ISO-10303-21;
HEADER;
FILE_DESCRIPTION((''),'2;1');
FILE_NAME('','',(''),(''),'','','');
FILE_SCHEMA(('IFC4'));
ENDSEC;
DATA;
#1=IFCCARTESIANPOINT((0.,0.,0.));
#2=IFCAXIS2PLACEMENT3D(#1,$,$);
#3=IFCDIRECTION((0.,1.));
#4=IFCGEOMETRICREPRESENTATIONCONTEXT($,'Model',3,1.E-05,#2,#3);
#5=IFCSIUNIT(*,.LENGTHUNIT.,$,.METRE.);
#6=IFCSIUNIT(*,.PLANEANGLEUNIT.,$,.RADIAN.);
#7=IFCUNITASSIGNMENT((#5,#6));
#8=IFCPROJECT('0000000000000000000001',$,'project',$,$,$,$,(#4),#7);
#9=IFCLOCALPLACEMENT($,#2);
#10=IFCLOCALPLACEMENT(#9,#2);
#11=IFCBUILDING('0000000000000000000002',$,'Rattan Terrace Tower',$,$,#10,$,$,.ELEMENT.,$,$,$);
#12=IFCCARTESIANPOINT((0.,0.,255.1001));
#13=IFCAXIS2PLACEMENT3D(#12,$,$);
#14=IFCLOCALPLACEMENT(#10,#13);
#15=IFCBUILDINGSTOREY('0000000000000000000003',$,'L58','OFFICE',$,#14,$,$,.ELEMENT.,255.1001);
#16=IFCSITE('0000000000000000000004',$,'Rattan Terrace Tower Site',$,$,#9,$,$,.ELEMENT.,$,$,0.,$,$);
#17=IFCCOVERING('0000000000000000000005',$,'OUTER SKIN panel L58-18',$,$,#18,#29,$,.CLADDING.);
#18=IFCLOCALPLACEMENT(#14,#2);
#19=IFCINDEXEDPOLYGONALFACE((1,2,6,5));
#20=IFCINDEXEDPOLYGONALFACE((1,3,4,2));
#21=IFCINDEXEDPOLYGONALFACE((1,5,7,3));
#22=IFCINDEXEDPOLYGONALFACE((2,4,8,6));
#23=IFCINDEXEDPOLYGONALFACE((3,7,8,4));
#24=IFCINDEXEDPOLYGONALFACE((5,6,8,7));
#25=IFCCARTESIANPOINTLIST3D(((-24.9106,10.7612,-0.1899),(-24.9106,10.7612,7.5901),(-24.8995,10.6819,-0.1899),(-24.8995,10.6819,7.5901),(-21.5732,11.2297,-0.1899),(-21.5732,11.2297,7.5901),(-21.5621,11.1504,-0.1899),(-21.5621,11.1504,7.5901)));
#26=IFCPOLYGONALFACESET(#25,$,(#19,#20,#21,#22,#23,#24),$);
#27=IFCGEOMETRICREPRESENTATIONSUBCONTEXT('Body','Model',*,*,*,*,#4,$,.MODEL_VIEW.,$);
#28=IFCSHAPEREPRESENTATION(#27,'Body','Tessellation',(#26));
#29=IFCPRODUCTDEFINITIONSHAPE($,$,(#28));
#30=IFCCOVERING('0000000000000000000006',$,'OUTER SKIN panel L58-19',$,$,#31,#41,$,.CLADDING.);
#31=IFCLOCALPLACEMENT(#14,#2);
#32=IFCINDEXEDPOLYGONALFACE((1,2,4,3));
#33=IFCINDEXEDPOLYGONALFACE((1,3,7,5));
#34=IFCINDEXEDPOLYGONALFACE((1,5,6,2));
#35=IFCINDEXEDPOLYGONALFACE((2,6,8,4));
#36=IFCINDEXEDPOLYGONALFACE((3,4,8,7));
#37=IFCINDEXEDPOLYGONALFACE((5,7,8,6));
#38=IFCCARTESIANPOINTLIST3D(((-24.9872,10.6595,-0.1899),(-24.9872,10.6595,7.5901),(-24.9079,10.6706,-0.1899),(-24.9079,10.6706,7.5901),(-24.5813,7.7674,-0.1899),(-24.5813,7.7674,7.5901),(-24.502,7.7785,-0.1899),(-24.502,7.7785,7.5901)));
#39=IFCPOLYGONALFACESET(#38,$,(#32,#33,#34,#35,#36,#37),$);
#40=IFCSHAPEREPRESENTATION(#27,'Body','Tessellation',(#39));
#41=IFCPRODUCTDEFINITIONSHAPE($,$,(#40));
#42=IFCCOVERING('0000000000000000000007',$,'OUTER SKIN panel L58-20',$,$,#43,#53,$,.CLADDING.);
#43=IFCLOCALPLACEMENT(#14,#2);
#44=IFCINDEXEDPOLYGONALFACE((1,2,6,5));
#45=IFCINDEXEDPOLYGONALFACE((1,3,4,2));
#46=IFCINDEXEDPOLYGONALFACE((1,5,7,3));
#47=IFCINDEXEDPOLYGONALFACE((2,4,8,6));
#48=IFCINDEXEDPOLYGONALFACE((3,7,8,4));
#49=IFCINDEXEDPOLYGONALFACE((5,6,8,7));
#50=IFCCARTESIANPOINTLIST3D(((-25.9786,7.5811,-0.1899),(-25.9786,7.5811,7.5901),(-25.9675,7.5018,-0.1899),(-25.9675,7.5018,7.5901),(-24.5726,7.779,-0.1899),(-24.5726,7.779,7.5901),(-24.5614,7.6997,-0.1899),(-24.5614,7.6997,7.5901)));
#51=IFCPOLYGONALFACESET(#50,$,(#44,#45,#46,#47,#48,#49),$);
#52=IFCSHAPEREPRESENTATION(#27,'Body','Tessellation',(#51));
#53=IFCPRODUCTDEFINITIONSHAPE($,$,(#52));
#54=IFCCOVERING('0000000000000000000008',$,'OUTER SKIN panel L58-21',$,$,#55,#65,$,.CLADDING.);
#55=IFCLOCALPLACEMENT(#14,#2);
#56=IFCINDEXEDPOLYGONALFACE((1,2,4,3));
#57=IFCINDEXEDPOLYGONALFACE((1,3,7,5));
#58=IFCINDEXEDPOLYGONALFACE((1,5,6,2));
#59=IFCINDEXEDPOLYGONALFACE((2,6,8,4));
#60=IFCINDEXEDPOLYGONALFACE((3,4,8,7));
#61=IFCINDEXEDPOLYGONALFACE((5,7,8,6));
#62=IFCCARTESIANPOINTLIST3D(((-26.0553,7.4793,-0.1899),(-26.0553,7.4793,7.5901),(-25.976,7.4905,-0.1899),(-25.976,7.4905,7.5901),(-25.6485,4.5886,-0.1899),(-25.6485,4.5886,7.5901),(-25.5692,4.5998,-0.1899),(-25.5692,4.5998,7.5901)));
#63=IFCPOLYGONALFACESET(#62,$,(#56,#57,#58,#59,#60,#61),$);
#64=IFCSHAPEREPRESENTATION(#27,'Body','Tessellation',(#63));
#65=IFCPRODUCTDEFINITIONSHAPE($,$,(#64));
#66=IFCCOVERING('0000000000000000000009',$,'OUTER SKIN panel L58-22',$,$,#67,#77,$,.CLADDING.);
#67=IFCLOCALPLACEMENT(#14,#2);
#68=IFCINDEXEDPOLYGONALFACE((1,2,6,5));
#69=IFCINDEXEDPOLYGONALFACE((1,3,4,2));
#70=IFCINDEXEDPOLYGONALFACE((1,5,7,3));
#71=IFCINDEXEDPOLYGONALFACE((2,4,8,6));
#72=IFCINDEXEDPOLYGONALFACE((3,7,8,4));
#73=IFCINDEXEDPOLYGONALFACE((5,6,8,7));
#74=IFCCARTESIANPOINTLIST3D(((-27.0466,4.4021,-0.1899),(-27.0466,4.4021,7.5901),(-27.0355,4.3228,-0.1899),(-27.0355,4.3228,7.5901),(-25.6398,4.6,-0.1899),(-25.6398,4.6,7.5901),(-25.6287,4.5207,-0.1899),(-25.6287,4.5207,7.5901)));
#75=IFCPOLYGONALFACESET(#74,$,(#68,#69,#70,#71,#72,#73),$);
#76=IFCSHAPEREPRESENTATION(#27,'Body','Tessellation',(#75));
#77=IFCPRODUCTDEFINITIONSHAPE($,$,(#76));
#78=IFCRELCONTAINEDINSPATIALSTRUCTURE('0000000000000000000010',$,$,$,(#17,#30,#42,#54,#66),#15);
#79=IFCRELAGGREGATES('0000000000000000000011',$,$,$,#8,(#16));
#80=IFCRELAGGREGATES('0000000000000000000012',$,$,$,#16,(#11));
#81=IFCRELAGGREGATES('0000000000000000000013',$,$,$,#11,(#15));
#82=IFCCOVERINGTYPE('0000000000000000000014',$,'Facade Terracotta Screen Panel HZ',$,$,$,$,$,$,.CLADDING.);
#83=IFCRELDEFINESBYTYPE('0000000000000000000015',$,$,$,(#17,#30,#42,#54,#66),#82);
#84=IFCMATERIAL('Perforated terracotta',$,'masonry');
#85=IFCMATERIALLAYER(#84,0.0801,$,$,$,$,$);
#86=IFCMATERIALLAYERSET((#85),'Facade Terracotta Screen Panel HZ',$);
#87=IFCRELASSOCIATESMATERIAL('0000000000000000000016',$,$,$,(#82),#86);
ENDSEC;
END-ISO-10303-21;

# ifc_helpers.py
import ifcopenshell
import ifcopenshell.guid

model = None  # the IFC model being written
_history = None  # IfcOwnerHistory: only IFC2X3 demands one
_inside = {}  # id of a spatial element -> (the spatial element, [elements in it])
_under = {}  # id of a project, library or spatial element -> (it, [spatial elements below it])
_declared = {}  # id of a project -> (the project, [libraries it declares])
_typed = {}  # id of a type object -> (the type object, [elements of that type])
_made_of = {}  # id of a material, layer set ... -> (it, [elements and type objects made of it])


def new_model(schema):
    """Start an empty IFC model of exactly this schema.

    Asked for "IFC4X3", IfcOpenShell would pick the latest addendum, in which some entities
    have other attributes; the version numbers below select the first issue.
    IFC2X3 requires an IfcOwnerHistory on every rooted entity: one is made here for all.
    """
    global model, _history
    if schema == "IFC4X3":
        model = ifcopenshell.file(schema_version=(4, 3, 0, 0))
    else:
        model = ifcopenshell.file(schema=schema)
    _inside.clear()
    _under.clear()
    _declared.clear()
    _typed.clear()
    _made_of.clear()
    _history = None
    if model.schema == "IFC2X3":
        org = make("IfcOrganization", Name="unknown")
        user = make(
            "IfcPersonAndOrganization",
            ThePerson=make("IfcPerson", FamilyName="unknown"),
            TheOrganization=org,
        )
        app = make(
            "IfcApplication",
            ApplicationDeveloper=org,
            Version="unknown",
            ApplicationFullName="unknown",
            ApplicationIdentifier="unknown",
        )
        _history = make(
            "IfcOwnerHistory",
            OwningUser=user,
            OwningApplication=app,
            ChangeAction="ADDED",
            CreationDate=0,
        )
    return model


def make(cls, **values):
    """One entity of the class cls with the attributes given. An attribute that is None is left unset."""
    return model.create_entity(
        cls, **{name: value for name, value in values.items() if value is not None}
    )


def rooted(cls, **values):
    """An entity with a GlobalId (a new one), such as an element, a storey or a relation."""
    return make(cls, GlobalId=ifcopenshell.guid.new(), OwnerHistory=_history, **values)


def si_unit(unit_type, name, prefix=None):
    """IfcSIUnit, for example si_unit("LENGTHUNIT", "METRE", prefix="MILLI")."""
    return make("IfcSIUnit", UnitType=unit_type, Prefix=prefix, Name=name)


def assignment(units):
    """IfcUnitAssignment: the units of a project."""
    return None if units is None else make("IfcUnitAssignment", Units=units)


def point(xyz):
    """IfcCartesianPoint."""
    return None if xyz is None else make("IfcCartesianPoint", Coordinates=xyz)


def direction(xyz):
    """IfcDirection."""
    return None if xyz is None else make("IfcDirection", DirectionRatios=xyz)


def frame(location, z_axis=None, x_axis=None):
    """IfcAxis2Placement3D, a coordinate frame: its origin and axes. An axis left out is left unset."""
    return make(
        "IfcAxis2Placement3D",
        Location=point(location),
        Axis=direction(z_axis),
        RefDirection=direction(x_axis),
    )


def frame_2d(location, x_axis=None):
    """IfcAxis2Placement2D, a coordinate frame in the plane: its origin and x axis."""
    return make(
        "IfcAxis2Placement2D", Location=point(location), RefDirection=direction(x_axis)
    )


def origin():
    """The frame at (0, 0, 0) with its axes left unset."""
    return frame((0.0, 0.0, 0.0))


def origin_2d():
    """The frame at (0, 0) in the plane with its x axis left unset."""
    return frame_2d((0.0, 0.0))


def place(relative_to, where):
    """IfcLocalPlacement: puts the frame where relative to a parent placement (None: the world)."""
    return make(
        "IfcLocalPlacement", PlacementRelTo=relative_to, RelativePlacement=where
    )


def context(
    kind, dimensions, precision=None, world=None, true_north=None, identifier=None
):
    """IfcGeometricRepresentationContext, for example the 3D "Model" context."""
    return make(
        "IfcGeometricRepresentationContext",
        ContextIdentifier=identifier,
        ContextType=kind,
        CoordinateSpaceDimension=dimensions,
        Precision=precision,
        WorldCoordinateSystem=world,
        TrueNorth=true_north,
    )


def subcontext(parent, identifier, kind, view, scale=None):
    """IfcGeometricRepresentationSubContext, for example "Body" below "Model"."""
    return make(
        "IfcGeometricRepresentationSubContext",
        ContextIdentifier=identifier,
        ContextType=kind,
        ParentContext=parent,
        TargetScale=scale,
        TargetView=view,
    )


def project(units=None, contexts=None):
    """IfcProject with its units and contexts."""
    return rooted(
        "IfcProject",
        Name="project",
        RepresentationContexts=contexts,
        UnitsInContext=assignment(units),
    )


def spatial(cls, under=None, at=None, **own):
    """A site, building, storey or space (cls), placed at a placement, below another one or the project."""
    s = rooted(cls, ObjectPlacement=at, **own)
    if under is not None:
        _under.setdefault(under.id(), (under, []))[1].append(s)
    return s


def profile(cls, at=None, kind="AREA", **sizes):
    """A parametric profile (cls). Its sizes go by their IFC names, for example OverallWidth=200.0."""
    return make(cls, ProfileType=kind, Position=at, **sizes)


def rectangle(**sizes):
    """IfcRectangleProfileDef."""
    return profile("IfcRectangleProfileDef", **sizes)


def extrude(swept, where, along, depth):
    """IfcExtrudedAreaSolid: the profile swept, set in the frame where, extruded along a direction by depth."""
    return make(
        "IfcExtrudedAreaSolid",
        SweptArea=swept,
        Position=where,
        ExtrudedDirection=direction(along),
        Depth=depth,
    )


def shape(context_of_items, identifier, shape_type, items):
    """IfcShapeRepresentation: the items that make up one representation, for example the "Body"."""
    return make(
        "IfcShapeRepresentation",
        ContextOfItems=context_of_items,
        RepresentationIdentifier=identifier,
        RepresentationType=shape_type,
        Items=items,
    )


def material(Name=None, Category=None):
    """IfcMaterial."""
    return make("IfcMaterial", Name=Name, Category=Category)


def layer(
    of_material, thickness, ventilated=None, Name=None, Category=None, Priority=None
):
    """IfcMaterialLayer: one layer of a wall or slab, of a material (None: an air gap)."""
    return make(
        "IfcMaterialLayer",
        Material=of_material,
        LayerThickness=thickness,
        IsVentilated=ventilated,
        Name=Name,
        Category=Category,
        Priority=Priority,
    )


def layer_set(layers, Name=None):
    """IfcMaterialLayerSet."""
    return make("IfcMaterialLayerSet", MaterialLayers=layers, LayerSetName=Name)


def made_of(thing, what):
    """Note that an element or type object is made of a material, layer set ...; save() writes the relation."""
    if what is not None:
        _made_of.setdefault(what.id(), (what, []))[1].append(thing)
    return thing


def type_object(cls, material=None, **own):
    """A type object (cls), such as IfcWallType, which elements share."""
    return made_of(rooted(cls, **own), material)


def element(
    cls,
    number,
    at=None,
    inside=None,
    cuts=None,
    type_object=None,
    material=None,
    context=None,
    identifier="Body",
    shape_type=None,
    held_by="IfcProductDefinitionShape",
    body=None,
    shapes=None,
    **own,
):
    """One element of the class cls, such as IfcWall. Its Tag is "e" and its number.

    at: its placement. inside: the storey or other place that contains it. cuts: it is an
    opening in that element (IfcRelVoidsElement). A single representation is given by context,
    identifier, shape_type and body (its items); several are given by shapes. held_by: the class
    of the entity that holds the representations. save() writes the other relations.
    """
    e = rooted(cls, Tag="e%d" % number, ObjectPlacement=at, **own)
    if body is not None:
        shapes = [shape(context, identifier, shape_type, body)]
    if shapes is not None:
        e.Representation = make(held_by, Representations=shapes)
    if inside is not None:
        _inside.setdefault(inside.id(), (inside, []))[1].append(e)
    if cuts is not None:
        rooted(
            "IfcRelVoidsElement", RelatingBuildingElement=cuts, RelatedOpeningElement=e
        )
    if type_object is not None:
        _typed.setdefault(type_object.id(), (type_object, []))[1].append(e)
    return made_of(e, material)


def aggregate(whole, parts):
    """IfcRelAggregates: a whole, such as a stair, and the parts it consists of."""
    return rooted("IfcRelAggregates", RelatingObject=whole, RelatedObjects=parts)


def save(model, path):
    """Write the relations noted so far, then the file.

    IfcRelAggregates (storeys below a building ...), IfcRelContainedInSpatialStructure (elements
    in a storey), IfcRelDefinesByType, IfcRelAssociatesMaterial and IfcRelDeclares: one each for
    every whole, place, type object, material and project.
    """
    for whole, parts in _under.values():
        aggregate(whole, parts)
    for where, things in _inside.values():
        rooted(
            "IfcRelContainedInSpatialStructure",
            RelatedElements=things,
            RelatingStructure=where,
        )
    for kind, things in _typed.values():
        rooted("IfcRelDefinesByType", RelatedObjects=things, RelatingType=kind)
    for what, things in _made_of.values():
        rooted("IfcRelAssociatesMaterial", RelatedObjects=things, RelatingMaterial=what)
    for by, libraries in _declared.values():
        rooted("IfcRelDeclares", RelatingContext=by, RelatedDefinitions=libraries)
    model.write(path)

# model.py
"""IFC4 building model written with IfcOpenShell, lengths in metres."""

from ifc_helpers import new_model, si_unit, direction, frame, origin, origin_2d, place, context, subcontext, project, spatial, rectangle, extrude, material, layer, layer_set, type_object, element, save


model = new_model("IFC4")

# Units and contexts
model_context = context("Model", 3, precision=1e-05, world=origin(), true_north=direction((0.0, 1.0)))
body_context = subcontext(model_context, "Body", "Model", "MODEL_VIEW")
ifc_project = project(units=[si_unit("LENGTHUNIT", "METRE"), si_unit("PLANEANGLEUNIT", "RADIAN")], contexts=[model_context])

# Site, building, storey
site_placement = place(None, origin())
site = spatial("IfcSite", under=ifc_project, at=site_placement, Name="Rattan Terrace Tower Site", CompositionType="ELEMENT", RefElevation=0.0)
building_placement = place(site_placement, origin())
building = spatial("IfcBuilding", under=site, at=building_placement, Name="Rattan Terrace Tower", CompositionType="ELEMENT")
storey_placement = place(building_placement, frame((0.0, 0.0, 255.1001)))
storey = spatial("IfcBuildingStorey", under=building, at=storey_placement, Name="L58", Description="OFFICE", CompositionType="ELEMENT", Elevation=255.1001)

# Coverings
ifc_material_1 = material(Name="Perforated terracotta", Category="masonry")
ifc_layer_1 = layer(ifc_material_1, 0.0801)
ifc_layer_set_1 = layer_set([ifc_layer_1], Name="Facade Terracotta Screen Panel HZ")
covering_type = type_object("IfcCoveringType", Name="Facade Terracotta Screen Panel HZ", PredefinedType="CLADDING", material=ifc_layer_set_1)
covering_1_placement = place(storey_placement, frame((-23.2363, 10.9558, -0.1899), z_axis=(0.0, 0.0, 1.0), x_axis=(-0.990293, -0.138994, 0.0)))
element("IfcCovering", 1, at=covering_1_placement, inside=storey, type_object=covering_type, Name="OUTER SKIN panel L58-18", PredefinedType="CLADDING", context=body_context, shape_type="SweptSolid", body=[
    extrude(rectangle(XDim=3.3701, YDim=0.0801, at=origin_2d()), origin(), (0.0, 0.0, 1.0), 7.78),
])
covering_2_placement = place(storey_placement, frame((-24.7446, 9.219, -0.1899), z_axis=(0.0, 0.0, 1.0), x_axis=(0.138994, -0.990293, 0.0)))
element("IfcCovering", 2, at=covering_2_placement, inside=storey, type_object=covering_type, Name="OUTER SKIN panel L58-19", PredefinedType="CLADDING", context=body_context, shape_type="SweptSolid", body=[
    extrude(rectangle(XDim=2.9204, YDim=0.0801, at=origin_2d()), origin(), (0.0, 0.0, 1.0), 7.78),
])
covering_3_placement = place(storey_placement, frame((-25.27, 7.6404, -0.1899), z_axis=(0.0, 0.0, 1.0), x_axis=(-0.990241, -0.139367, 0.0)))
element("IfcCovering", 3, at=covering_3_placement, inside=storey, type_object=covering_type, Name="OUTER SKIN panel L58-20", PredefinedType="CLADDING", context=body_context, shape_type="SweptSolid", body=[
    extrude(rectangle(XDim=1.4199, YDim=0.0801, at=origin_2d()), origin(), (0.0, 0.0, 1.0), 7.78),
])
covering_4_placement = place(storey_placement, frame((-25.8123, 6.0396, -0.1899), z_axis=(0.0, 0.0, 1.0), x_axis=(0.139367, -0.990241, 0.0)))
element("IfcCovering", 4, at=covering_4_placement, inside=storey, type_object=covering_type, Name="OUTER SKIN panel L58-21", PredefinedType="CLADDING", context=body_context, shape_type="SweptSolid", body=[
    extrude(rectangle(XDim=2.9192, YDim=0.0801, at=origin_2d()), origin(), (0.0, 0.0, 1.0), 7.78),
])
covering_5_placement = place(storey_placement, frame((-26.3376, 4.4614, -0.1899), z_axis=(0.0, 0.0, 1.0), x_axis=(-0.990254, -0.139275, 0.0)))
element("IfcCovering", 5, at=covering_5_placement, inside=storey, type_object=covering_type, Name="OUTER SKIN panel L58-22", PredefinedType="CLADDING", context=body_context, shape_type="SweptSolid", body=[
    extrude(rectangle(XDim=1.4207, YDim=0.0801, at=origin_2d()), origin(), (0.0, 0.0, 1.0), 7.78),
])

save(model, "model.ifc")
